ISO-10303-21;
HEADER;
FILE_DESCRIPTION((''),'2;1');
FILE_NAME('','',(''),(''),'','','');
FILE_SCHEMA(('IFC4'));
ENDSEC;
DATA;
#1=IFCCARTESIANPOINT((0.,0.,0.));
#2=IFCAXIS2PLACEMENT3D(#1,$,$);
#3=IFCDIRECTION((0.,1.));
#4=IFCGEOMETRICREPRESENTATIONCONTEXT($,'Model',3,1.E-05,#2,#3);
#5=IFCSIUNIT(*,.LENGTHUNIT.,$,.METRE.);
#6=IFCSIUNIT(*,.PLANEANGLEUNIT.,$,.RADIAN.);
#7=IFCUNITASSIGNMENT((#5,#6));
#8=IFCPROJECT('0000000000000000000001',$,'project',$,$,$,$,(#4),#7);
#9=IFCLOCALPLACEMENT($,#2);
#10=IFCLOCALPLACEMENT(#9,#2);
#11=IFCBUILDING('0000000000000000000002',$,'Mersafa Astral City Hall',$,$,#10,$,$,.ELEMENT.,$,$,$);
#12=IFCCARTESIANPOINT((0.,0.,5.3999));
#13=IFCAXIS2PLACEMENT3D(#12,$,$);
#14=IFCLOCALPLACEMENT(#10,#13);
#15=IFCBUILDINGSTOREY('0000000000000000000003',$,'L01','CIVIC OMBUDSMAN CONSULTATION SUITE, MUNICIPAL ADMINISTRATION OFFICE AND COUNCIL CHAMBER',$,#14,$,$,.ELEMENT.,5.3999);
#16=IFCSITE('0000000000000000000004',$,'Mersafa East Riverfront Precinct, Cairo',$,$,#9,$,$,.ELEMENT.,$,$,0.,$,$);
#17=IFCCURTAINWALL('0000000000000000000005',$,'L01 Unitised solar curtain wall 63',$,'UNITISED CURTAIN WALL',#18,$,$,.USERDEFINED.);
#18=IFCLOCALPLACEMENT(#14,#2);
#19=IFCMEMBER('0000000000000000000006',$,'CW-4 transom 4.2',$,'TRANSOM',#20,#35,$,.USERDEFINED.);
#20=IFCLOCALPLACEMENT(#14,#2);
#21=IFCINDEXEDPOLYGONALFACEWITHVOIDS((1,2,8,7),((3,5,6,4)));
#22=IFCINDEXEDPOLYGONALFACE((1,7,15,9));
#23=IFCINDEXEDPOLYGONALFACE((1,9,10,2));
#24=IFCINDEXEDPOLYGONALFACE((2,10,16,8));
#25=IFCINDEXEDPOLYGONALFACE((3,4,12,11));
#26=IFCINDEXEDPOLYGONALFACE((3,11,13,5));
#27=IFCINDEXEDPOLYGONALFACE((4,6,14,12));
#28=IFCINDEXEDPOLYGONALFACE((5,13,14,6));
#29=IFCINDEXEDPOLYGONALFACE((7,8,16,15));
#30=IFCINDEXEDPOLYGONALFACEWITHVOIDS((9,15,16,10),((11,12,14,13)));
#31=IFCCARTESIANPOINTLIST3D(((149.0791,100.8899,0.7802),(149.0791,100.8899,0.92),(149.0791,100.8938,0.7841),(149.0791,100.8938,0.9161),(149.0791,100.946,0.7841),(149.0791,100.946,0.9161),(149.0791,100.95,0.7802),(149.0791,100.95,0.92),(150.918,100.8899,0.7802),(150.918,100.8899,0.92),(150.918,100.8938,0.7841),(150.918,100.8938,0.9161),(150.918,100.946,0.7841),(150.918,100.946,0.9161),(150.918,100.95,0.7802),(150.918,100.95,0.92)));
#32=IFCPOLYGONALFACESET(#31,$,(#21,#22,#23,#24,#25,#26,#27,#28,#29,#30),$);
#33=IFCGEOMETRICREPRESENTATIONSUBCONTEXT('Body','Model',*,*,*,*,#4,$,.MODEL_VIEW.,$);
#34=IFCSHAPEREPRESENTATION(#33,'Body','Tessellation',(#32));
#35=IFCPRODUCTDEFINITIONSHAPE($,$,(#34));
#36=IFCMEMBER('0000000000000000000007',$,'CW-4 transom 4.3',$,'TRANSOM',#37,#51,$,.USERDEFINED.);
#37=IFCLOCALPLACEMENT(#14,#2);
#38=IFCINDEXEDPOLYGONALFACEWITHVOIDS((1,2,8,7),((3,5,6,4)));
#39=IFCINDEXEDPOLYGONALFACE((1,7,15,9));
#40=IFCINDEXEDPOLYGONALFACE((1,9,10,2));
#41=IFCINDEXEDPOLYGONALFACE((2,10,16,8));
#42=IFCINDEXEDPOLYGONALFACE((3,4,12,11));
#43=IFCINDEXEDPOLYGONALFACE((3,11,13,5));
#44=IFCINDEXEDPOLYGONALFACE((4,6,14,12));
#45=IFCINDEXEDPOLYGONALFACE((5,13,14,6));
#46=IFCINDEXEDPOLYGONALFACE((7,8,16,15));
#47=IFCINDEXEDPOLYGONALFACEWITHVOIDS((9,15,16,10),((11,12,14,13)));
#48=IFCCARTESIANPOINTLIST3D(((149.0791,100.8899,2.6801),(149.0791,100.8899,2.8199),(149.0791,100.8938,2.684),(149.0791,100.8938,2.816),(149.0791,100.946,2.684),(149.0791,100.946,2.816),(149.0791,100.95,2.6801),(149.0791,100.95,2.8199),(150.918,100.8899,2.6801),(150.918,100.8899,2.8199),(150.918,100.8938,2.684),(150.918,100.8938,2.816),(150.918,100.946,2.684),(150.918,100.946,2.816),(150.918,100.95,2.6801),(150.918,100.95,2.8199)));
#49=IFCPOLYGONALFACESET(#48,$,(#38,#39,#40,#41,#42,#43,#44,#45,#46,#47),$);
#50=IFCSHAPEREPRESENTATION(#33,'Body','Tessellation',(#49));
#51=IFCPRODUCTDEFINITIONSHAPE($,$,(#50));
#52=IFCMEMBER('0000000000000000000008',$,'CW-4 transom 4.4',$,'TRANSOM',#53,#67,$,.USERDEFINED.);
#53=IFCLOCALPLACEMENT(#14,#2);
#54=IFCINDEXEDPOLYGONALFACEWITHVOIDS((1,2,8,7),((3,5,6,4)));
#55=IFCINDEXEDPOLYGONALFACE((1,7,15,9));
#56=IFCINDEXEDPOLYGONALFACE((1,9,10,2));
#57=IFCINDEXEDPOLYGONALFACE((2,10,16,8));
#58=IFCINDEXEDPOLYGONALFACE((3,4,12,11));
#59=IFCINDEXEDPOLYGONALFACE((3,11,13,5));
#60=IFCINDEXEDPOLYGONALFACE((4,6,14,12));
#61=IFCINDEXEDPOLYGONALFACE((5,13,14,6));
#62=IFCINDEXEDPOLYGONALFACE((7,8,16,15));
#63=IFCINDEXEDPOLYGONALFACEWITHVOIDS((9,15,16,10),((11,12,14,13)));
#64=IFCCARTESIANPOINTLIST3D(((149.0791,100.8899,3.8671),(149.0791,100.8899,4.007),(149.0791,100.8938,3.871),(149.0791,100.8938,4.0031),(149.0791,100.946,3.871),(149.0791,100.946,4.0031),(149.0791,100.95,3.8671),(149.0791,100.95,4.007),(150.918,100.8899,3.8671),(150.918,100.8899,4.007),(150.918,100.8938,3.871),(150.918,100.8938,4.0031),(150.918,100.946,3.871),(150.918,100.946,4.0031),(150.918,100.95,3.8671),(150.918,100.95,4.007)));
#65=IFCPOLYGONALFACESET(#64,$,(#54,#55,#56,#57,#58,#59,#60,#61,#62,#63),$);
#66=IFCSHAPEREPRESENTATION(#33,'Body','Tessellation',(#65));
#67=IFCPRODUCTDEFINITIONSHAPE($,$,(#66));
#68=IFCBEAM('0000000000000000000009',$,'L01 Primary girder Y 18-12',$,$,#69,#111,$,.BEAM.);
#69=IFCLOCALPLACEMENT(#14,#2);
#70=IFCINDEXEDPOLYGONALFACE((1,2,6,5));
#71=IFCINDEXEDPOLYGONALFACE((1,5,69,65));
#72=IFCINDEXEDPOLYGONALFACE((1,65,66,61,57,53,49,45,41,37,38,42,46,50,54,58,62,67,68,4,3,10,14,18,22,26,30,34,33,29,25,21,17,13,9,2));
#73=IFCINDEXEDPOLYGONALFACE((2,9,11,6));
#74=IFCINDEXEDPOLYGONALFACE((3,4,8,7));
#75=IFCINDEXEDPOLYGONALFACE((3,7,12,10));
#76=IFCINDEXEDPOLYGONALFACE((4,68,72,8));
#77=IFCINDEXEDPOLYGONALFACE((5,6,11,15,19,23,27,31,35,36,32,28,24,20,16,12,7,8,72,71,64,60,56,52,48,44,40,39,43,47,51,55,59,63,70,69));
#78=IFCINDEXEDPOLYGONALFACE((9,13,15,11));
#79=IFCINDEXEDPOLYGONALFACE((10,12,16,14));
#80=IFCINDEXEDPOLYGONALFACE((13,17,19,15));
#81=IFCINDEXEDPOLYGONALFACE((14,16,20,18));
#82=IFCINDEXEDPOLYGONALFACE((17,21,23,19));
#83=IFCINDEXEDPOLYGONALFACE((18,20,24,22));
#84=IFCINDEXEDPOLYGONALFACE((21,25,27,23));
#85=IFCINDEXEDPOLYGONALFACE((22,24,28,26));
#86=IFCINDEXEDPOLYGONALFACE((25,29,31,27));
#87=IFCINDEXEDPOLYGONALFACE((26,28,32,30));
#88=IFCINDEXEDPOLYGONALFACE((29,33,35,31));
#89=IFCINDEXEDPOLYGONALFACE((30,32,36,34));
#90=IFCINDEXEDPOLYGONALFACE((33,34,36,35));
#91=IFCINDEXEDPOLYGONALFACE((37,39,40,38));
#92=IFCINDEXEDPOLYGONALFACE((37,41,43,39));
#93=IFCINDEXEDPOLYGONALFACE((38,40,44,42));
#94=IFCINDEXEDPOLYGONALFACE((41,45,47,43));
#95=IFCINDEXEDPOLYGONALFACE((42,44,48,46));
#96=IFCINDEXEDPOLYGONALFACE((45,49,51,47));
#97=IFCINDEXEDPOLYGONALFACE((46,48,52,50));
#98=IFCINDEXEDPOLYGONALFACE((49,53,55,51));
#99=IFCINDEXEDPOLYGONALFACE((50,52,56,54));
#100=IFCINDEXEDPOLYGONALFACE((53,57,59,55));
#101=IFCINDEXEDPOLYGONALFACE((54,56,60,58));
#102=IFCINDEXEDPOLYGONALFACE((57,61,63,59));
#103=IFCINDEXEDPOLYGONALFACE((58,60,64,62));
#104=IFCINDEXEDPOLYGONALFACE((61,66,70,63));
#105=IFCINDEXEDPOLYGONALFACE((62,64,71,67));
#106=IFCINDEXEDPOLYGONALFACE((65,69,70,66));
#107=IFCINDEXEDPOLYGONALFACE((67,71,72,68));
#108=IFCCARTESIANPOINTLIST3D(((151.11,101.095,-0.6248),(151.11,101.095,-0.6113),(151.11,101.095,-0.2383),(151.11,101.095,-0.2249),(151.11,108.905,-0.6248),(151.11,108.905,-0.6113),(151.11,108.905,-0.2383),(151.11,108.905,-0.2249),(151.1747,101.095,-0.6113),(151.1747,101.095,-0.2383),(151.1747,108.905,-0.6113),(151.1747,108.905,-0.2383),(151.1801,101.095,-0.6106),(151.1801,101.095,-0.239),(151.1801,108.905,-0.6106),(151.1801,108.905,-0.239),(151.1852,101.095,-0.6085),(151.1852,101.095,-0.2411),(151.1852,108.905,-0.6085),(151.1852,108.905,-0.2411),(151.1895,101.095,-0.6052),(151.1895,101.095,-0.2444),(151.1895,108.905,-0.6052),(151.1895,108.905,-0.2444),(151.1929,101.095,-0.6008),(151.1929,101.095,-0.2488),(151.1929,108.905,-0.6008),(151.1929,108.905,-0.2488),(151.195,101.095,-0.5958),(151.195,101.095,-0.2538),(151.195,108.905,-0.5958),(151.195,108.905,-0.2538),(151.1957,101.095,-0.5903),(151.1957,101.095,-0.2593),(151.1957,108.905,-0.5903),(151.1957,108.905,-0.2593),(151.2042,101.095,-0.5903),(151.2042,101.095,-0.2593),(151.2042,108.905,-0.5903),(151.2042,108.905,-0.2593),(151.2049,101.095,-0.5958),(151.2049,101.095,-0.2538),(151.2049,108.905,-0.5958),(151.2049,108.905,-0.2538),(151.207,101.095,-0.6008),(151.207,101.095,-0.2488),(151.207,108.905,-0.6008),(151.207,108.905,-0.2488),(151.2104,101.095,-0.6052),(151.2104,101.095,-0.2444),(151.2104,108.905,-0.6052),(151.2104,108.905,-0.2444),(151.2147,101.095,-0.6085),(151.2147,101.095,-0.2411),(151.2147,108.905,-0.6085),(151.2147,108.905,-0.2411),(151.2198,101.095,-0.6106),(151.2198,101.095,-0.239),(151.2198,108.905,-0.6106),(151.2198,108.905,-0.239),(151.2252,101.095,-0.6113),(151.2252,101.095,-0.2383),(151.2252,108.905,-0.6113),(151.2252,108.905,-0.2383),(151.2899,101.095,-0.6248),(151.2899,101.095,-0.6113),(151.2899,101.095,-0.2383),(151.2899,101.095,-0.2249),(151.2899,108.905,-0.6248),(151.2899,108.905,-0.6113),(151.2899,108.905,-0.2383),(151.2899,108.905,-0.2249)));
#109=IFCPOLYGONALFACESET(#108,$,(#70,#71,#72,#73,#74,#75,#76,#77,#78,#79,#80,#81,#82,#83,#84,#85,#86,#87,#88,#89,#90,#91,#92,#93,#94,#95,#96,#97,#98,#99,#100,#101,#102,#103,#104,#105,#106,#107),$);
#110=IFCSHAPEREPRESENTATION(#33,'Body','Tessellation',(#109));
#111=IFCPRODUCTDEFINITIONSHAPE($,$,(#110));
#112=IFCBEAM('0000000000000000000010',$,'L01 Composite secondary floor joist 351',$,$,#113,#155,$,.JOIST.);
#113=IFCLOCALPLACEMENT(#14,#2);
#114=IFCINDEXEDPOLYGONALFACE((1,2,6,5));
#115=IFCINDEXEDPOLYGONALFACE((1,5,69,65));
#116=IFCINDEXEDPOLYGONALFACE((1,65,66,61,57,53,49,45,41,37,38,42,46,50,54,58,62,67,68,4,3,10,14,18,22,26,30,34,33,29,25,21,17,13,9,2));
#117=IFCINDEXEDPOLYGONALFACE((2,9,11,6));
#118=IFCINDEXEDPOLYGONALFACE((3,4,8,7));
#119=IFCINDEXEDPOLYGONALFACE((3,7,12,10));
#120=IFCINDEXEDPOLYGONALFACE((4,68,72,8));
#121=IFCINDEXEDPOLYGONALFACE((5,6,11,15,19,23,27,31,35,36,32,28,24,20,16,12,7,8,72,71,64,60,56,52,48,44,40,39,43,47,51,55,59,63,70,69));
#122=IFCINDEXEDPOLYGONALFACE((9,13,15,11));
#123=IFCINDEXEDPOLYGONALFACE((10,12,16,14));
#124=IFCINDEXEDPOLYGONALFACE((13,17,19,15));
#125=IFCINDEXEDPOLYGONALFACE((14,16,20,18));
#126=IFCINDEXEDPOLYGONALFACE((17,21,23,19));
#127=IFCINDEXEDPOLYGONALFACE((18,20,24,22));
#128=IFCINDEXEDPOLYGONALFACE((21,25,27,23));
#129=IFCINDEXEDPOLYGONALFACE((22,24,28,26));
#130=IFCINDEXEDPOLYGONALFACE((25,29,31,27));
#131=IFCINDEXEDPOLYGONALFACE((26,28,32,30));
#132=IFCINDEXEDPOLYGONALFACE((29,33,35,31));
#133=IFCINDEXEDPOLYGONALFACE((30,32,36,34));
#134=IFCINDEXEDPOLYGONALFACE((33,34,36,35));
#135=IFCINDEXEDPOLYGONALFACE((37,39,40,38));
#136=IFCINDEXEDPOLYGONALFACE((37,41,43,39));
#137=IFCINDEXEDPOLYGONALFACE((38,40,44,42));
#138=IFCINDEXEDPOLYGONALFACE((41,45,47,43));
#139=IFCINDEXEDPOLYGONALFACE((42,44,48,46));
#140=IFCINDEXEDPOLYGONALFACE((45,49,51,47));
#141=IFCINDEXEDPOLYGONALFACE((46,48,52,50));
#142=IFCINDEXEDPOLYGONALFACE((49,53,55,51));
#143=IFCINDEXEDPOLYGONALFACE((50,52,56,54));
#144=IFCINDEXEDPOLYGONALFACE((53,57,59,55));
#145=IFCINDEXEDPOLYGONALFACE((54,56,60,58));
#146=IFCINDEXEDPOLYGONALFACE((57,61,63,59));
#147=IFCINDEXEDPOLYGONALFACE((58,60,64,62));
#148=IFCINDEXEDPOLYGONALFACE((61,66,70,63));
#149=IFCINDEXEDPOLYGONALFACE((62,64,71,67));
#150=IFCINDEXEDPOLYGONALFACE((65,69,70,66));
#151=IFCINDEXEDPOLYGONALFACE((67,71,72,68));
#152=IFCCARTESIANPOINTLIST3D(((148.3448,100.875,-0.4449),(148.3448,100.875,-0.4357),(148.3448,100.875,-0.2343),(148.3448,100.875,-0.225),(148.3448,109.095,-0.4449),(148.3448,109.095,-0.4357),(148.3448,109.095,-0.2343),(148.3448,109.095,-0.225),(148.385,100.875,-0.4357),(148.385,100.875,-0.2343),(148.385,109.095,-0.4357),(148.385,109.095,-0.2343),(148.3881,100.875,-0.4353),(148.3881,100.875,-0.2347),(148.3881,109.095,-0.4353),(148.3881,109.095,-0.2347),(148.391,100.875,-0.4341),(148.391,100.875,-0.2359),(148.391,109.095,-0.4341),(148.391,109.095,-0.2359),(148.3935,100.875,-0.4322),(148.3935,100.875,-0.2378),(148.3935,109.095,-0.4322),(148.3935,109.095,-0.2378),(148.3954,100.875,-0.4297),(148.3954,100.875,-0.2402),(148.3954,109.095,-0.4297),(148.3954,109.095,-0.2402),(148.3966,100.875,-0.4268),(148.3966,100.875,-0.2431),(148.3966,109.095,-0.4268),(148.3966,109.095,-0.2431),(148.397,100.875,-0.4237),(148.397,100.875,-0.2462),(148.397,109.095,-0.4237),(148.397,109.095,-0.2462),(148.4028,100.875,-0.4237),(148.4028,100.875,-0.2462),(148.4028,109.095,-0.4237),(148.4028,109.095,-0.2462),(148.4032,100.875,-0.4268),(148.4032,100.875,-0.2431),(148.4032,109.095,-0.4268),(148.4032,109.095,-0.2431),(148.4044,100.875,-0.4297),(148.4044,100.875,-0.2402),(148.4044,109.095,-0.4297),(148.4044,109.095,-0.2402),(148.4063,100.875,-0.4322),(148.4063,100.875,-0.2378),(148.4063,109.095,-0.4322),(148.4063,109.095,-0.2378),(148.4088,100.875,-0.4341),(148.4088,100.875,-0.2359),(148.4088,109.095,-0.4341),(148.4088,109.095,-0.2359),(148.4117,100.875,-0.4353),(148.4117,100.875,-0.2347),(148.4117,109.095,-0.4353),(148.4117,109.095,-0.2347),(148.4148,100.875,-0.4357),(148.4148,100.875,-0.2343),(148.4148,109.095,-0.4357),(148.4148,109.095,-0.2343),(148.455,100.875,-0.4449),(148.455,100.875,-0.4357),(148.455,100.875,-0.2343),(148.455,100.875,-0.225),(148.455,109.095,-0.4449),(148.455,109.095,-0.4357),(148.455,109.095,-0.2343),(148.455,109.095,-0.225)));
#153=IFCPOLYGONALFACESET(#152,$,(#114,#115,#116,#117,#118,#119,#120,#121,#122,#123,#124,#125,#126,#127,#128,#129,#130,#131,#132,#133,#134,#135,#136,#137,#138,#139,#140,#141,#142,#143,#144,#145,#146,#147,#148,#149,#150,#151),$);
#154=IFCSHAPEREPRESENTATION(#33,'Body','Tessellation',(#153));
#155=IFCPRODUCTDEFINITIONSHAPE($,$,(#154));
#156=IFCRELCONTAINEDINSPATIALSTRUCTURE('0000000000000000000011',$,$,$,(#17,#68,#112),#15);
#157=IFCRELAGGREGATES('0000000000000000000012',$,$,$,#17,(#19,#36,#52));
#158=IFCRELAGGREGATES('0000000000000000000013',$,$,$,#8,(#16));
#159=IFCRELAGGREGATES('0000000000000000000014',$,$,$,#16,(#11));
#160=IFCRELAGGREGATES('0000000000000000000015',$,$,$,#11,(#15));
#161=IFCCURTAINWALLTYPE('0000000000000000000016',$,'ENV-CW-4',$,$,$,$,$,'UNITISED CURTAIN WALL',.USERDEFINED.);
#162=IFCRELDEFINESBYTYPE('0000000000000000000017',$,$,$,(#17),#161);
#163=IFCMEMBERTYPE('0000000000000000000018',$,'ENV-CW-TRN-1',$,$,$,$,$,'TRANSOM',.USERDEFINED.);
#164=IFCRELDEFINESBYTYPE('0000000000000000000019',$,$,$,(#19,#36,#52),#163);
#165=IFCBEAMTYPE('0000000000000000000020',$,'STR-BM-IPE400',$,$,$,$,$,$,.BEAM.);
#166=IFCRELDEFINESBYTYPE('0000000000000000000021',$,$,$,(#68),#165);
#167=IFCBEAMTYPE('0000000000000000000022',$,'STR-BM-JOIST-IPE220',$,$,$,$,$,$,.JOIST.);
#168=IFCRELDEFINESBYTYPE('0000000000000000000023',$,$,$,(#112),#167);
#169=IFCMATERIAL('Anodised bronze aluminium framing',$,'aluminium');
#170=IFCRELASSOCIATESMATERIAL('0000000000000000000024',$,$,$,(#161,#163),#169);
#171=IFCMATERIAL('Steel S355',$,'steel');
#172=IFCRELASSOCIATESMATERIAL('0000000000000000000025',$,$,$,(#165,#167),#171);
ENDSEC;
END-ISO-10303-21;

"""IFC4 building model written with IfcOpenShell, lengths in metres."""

from ifc_helpers import new_model, si_unit, direction, frame, origin, origin_2d, place, context, subcontext, project, spatial, hollow_rectangle, i_section, extrude, material, material_profile, profile_set, type_object, element, aggregate, save


model = new_model("IFC4")

# Units and contexts
model_context = context("Model", 3, precision=1e-05, world=origin(), true_north=direction((0.0, 1.0)))
body_context = subcontext(model_context, "Body", "Model", "MODEL_VIEW")
ifc_project = project(units=[si_unit("LENGTHUNIT", "METRE"), si_unit("PLANEANGLEUNIT", "RADIAN")], contexts=[model_context])

# Site, building, storey
site_placement = place(None, origin())
site = spatial("IfcSite", under=ifc_project, at=site_placement, Name="Mersafa East Riverfront Precinct, Cairo", CompositionType="ELEMENT", RefElevation=0.0)
building_placement = place(site_placement, origin())
building = spatial("IfcBuilding", under=site, at=building_placement, Name="Mersafa Astral City Hall", CompositionType="ELEMENT")
storey_placement = place(building_placement, frame((0.0, 0.0, 5.3999)))
storey = spatial("IfcBuildingStorey", under=building, at=storey_placement, Name="L01", Description="CIVIC OMBUDSMAN CONSULTATION SUITE, MUNICIPAL ADMINISTRATION OFFICE AND COUNCIL CHAMBER", CompositionType="ELEMENT", Elevation=5.3999)

# Shared definitions
ifc_material_1 = material(Name="Steel S355", Category="steel")

# Curtain wall, members
ifc_material_2 = material(Name="Anodised bronze aluminium framing", Category="aluminium")
curtain_wall_type = type_object("IfcCurtainWallType", Name="ENV-CW-4", ElementType="UNITISED CURTAIN WALL", PredefinedType="USERDEFINED", material=ifc_material_2)
curtain_wall_placement = place(storey_placement, origin())
curtain_wall = element("IfcCurtainWall", 1, at=curtain_wall_placement, inside=storey, type_object=curtain_wall_type, Name="L01 Unitised solar curtain wall 63", ObjectType="UNITISED CURTAIN WALL", PredefinedType="USERDEFINED")
ifc_material_profile_1 = material_profile(ifc_material_2, hollow_rectangle(XDim=0.0601, YDim=0.1399, WallThickness=0.0039, at=origin_2d()), Name="RHS 60x140x4")
ifc_profile_set_1 = profile_set([ifc_material_profile_1], Name="Anodised bronze aluminium framing")
member_type_1 = type_object("IfcMemberType", Name="ENV-CW-TRN-1", ElementType="TRANSOM", PredefinedType="USERDEFINED", material=ifc_profile_set_1)
member_1_placement = place(storey_placement, frame((149.0791, 100.9199, 0.8501), z_axis=(1.0, 0.0, 0.0), x_axis=(0.0, 1.0, 0.0)))
member_1 = element("IfcMember", 2, at=member_1_placement, type_object=member_type_1, Name="CW-4 transom 4.2", ObjectType="TRANSOM", PredefinedType="USERDEFINED", context=body_context, shape_type="SweptSolid", body=[
    extrude(hollow_rectangle(XDim=0.0601, YDim=0.1399, WallThickness=0.0039, at=origin_2d()), origin(), (0.0, 0.0, 1.0), 1.8389),
])
member_2_placement = place(storey_placement, frame((149.0791, 100.9199, 2.75), z_axis=(1.0, 0.0, 0.0), x_axis=(0.0, 1.0, 0.0)))
member_2 = element("IfcMember", 3, at=member_2_placement, type_object=member_type_1, Name="CW-4 transom 4.3", ObjectType="TRANSOM", PredefinedType="USERDEFINED", context=body_context, shape_type="SweptSolid", body=[
    extrude(hollow_rectangle(XDim=0.0601, YDim=0.1399, WallThickness=0.0039, at=origin_2d()), origin(), (0.0, 0.0, 1.0), 1.8389),
])
member_3_placement = place(storey_placement, frame((149.0791, 100.9199, 3.937), z_axis=(1.0, 0.0, 0.0), x_axis=(0.0, 1.0, 0.0)))
member_3 = element("IfcMember", 4, at=member_3_placement, type_object=member_type_1, Name="CW-4 transom 4.4", ObjectType="TRANSOM", PredefinedType="USERDEFINED", context=body_context, shape_type="SweptSolid", body=[
    extrude(hollow_rectangle(XDim=0.0601, YDim=0.1399, WallThickness=0.0039, at=origin_2d()), origin(), (0.0, 0.0, 1.0), 1.8389),
])

# Beams
ifc_material_profile_2 = material_profile(ifc_material_1, i_section(OverallWidth=0.1799, OverallDepth=0.3999, WebThickness=0.0085, FlangeThickness=0.0134, FilletRadius=0.021, at=origin_2d()), Name="IPE 400")
ifc_profile_set_2 = profile_set([ifc_material_profile_2], Name="Steel S355")
beam_type_1 = type_object("IfcBeamType", Name="STR-BM-IPE400", PredefinedType="BEAM", material=ifc_profile_set_2)
beam_1_placement = place(storey_placement, frame((151.2, 101.095, -0.4248), z_axis=(0.0, 1.0, 0.0), x_axis=(-1.0, 0.0, 0.0)))
element("IfcBeam", 5, at=beam_1_placement, inside=storey, type_object=beam_type_1, Name="L01 Primary girder Y 18-12", PredefinedType="BEAM", context=body_context, shape_type="SweptSolid", body=[
    extrude(i_section(OverallWidth=0.1799, OverallDepth=0.3999, WebThickness=0.0085, FlangeThickness=0.0134, FilletRadius=0.021, at=origin_2d()), origin(), (0.0, 0.0, 1.0), 7.8101),
])
ifc_material_profile_3 = material_profile(ifc_material_1, i_section(OverallWidth=0.1101, OverallDepth=0.22, WebThickness=0.0059, FlangeThickness=0.0093, FilletRadius=0.012, at=origin_2d()), Name="IPE 220")
ifc_profile_set_3 = profile_set([ifc_material_profile_3], Name="Steel S355")
beam_type_2 = type_object("IfcBeamType", Name="STR-BM-JOIST-IPE220", PredefinedType="JOIST", material=ifc_profile_set_3)
beam_2_placement = place(storey_placement, frame((148.3999, 100.875, -0.335), z_axis=(0.0, 1.0, 0.0), x_axis=(-1.0, 0.0, 0.0)))
element("IfcBeam", 6, at=beam_2_placement, inside=storey, type_object=beam_type_2, Name="L01 Composite secondary floor joist 351", PredefinedType="JOIST", context=body_context, shape_type="SweptSolid", body=[
    extrude(i_section(OverallWidth=0.1101, OverallDepth=0.22, WebThickness=0.0059, FlangeThickness=0.0093, FilletRadius=0.012, at=origin_2d()), origin(), (0.0, 0.0, 1.0), 8.22),
])

aggregate(curtain_wall, [member_1, member_2, member_3])

save(model, "model.ifc")
